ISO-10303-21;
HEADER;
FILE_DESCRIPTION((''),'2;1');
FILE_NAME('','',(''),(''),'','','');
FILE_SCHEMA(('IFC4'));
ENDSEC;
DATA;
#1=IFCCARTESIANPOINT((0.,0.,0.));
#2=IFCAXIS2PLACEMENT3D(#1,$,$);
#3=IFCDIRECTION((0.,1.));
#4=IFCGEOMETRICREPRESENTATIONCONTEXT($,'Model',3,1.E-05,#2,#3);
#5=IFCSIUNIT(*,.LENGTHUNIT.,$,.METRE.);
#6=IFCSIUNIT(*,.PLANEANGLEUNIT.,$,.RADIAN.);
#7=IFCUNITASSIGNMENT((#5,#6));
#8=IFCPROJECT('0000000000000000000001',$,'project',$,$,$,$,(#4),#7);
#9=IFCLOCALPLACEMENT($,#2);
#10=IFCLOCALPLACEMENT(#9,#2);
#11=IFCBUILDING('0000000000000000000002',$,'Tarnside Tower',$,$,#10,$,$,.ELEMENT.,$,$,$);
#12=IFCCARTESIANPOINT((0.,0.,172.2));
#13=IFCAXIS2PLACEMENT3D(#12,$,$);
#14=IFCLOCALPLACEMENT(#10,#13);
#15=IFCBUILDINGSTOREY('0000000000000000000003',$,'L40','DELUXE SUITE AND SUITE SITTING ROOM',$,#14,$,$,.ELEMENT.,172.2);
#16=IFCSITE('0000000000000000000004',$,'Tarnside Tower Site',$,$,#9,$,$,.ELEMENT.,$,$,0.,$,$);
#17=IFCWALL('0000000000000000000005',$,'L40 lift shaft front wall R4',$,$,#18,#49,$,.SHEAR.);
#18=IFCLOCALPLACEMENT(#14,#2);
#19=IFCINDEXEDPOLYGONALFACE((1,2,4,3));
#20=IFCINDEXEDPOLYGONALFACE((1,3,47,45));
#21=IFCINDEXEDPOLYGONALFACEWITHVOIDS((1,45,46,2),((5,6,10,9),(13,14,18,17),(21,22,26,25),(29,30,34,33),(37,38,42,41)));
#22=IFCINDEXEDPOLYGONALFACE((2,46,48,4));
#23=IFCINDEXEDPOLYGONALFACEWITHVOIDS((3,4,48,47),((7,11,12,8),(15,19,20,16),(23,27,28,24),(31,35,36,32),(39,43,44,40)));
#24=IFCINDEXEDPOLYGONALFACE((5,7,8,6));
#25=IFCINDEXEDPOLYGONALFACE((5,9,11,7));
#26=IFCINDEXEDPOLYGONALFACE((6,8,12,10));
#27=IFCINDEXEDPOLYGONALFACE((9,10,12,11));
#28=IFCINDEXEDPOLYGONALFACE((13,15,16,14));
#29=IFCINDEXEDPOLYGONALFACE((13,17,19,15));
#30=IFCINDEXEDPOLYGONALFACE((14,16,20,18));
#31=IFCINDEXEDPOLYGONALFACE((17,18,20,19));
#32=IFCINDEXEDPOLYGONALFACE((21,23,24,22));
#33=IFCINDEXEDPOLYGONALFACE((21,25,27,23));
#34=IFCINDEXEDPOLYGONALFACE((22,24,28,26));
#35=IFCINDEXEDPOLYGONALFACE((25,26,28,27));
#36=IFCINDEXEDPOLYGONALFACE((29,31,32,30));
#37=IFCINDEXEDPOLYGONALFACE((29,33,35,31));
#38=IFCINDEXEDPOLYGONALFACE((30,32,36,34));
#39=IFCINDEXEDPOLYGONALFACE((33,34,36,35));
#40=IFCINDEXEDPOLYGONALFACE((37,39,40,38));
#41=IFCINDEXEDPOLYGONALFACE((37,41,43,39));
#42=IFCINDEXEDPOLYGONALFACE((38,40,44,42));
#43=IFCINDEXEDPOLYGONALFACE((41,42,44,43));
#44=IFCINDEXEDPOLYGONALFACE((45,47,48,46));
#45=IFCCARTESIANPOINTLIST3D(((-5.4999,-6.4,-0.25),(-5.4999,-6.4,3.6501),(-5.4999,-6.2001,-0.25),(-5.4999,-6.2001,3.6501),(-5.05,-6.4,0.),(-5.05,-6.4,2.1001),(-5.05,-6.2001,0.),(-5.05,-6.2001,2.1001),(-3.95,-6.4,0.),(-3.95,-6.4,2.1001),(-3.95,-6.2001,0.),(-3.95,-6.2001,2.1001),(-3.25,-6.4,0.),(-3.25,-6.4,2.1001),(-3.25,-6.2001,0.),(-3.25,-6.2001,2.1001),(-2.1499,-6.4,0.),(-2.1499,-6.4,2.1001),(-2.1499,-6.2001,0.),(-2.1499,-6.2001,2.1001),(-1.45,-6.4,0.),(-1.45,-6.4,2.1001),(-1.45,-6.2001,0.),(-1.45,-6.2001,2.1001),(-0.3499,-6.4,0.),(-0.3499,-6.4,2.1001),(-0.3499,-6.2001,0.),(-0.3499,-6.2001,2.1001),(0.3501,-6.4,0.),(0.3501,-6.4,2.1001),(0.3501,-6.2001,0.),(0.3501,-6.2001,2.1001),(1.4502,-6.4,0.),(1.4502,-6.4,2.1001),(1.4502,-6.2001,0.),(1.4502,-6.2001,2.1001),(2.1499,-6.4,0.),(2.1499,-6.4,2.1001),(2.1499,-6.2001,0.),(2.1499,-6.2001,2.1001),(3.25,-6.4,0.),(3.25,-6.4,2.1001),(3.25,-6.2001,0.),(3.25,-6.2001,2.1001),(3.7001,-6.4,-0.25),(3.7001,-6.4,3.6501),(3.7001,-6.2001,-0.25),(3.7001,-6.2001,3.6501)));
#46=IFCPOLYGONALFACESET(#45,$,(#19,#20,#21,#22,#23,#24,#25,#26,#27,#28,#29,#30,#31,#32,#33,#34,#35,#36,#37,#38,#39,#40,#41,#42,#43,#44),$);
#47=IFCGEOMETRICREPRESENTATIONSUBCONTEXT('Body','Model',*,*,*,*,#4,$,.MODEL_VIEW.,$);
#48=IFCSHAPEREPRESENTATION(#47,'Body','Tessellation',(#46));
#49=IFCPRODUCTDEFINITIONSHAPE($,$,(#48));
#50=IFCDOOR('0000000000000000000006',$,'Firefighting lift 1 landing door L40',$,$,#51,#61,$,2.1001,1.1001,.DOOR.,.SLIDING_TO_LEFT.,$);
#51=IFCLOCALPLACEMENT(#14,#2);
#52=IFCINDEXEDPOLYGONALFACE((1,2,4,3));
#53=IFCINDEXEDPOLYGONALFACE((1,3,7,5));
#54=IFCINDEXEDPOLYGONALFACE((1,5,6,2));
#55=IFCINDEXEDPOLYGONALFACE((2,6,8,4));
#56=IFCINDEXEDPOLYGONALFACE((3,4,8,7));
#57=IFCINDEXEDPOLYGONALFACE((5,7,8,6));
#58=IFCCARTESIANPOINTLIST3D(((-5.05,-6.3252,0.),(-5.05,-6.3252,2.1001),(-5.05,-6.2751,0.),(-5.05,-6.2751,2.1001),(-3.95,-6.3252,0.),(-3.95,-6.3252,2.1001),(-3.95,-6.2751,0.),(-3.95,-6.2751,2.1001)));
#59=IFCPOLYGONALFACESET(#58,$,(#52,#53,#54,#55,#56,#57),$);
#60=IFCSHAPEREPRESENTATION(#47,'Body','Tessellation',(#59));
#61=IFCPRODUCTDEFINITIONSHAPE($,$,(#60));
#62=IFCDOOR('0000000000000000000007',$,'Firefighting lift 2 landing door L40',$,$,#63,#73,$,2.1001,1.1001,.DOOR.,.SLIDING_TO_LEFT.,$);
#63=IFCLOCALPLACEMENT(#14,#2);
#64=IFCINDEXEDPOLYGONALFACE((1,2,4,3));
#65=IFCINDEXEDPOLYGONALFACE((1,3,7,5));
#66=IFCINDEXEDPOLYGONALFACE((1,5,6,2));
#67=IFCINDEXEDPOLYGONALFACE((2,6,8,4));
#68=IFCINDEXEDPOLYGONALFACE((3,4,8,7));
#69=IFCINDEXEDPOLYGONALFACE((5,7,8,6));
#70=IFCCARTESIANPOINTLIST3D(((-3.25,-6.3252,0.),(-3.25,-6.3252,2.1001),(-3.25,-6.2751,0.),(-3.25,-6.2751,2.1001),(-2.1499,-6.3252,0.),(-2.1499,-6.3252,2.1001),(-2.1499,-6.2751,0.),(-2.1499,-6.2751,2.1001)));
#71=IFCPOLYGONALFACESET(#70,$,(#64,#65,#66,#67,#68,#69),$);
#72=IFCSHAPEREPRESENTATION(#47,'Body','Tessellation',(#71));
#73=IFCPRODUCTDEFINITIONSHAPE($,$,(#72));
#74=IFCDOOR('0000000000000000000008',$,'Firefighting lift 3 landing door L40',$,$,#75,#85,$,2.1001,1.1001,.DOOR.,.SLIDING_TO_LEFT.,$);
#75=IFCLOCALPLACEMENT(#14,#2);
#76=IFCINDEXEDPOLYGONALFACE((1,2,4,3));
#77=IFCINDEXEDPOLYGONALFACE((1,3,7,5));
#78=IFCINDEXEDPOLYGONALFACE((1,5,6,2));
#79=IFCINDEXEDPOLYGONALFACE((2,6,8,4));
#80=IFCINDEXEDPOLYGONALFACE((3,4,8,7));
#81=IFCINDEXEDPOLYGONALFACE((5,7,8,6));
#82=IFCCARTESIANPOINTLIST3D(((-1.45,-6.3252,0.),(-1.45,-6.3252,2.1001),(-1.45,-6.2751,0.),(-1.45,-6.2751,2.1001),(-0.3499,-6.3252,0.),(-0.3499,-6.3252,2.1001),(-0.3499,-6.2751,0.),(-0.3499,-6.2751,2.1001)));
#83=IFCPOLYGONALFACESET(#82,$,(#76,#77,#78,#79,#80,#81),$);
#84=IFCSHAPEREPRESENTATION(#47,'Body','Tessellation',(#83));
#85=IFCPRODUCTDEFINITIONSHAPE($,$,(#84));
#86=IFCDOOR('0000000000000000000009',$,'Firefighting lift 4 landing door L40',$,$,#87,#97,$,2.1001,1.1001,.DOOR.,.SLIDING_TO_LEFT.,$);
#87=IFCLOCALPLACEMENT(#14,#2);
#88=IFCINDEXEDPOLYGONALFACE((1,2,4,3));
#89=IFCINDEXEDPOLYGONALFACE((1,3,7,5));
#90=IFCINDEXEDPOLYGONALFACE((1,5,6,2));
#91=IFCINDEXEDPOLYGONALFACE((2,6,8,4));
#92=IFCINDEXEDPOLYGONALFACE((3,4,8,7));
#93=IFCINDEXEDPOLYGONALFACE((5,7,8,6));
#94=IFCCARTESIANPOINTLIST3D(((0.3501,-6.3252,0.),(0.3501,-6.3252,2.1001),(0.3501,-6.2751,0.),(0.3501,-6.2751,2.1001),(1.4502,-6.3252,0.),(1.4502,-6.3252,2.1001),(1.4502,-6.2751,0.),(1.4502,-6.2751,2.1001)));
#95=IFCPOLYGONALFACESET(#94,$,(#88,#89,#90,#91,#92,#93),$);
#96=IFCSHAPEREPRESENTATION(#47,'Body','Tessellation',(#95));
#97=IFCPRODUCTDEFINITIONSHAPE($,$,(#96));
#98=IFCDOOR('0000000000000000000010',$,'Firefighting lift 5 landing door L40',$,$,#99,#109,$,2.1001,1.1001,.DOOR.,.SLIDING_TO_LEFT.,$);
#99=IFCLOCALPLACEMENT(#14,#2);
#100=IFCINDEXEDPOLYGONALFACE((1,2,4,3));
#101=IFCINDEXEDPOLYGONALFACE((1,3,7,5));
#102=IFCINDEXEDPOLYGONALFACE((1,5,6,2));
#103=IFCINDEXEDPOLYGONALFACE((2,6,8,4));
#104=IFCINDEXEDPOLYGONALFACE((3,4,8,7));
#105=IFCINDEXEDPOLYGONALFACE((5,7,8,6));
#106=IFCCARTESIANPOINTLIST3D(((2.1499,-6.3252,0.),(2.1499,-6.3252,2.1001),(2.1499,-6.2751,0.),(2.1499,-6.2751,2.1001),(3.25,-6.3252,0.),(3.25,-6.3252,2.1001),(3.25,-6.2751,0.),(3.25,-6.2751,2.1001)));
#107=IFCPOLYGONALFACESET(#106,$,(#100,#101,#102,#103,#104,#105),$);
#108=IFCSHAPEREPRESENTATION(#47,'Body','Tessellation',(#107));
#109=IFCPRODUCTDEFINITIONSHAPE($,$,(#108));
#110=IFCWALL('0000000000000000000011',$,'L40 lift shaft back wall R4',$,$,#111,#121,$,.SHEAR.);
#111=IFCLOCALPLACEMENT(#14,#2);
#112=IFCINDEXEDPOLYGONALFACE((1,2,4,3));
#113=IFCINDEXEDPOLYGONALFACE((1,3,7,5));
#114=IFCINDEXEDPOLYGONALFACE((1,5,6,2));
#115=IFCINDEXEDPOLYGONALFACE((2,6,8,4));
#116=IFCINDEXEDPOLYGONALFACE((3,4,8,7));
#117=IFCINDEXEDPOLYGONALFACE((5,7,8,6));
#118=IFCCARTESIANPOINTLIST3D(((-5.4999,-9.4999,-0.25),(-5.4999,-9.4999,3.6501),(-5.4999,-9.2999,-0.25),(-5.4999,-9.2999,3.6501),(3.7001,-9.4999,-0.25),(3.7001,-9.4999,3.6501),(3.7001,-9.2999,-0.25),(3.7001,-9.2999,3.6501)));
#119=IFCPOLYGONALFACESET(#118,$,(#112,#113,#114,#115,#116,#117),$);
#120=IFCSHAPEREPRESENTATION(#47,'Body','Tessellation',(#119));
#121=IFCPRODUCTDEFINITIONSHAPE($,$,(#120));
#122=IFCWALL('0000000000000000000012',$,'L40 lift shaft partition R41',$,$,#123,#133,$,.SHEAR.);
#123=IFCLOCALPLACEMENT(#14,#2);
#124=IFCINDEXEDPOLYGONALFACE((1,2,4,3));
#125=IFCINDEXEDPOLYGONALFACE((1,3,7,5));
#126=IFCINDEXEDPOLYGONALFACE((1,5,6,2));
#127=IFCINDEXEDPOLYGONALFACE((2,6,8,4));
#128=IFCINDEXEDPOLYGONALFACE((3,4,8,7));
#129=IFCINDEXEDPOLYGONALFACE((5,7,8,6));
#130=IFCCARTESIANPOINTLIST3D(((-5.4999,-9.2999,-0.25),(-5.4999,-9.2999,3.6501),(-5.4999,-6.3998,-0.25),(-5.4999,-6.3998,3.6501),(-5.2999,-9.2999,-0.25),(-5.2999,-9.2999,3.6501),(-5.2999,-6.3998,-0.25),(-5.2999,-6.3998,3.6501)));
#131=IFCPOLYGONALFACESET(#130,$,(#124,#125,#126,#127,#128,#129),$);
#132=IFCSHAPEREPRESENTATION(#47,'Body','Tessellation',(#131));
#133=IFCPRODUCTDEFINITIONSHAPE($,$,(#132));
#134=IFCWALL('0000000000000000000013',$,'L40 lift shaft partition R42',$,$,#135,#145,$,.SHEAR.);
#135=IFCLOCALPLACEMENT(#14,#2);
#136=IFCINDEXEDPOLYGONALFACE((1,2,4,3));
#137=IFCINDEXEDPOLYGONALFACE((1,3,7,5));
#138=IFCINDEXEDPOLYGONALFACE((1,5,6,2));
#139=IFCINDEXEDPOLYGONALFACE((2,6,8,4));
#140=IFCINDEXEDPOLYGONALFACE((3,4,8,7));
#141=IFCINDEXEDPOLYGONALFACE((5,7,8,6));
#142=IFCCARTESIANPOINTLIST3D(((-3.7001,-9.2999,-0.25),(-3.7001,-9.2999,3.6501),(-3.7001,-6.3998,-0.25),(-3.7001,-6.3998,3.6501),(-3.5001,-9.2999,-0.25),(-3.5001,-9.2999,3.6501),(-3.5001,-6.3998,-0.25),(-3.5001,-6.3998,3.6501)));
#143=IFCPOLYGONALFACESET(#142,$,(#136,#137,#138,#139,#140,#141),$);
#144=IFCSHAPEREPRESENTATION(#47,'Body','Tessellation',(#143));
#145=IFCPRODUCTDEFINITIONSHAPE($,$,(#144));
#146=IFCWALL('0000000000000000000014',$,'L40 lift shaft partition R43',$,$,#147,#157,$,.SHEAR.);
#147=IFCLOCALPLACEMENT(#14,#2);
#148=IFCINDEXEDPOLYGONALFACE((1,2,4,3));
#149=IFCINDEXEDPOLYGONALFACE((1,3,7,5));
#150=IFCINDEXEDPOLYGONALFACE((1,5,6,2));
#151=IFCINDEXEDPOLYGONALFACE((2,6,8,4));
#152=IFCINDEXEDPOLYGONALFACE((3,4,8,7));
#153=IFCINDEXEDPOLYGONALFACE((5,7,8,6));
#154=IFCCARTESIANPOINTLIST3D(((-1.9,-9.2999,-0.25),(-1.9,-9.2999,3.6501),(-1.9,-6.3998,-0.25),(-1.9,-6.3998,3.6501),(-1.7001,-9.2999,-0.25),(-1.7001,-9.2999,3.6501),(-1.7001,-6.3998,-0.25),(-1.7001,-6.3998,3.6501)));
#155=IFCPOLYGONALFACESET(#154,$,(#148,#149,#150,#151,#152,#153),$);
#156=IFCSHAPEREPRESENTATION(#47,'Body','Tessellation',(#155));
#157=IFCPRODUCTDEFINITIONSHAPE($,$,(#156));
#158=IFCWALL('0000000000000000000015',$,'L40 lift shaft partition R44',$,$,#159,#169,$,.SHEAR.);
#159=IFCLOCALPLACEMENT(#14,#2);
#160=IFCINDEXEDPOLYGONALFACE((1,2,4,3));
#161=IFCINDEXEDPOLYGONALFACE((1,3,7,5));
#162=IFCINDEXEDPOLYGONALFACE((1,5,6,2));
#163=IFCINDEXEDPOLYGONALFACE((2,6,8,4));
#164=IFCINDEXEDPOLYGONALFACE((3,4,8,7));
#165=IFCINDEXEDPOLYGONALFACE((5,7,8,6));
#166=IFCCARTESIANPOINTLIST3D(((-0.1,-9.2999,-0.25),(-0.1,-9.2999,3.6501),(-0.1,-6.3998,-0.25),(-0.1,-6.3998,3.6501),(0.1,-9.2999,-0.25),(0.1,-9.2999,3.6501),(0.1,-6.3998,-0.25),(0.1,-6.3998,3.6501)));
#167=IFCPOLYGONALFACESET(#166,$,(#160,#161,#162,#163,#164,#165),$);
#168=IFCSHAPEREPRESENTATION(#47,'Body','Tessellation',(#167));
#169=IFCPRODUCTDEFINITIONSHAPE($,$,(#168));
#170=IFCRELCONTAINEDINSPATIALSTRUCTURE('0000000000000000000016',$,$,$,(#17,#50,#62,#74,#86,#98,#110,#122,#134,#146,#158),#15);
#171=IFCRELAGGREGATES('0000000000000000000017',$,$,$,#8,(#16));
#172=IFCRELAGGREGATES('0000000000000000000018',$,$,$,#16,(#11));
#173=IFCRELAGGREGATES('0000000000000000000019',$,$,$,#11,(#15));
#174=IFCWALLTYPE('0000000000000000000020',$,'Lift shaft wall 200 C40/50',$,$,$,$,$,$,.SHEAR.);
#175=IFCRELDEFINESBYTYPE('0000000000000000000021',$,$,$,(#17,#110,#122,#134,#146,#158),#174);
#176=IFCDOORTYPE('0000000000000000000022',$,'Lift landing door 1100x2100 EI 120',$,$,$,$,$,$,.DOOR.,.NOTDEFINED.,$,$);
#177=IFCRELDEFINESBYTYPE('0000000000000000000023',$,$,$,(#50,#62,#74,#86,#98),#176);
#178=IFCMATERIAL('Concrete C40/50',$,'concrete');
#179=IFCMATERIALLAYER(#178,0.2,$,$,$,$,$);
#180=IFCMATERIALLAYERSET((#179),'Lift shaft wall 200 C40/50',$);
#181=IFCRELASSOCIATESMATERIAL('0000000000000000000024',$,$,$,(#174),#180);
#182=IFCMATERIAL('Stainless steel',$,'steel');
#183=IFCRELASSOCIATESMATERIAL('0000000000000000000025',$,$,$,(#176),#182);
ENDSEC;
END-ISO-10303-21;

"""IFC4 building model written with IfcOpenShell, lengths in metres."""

from ifc_helpers import new_model, si_unit, direction, frame, frame_2d, origin, place, context, subcontext, project, spatial, rectangle, extrude, material, layer, layer_set, type_object, element, fill, save


model = new_model("IFC4")

# Units and contexts
model_context = context("Model", 3, precision=1e-05, world=origin(), true_north=direction((0.0, 1.0)))
body_context = subcontext(model_context, "Body", "Model", "MODEL_VIEW")
ifc_project = project(units=[si_unit("LENGTHUNIT", "METRE"), si_unit("PLANEANGLEUNIT", "RADIAN")], contexts=[model_context])

# Site, building, storey
site_placement = place(None, origin())
site = spatial("IfcSite", under=ifc_project, at=site_placement, Name="Tarnside Tower Site", CompositionType="ELEMENT", RefElevation=0.0)
building_placement = place(site_placement, origin())
building = spatial("IfcBuilding", under=site, at=building_placement, Name="Tarnside Tower", CompositionType="ELEMENT")
storey_placement = place(building_placement, frame((0.0, 0.0, 172.2)))
storey = spatial("IfcBuildingStorey", under=building, at=storey_placement, Name="L40", Description="DELUXE SUITE AND SUITE SITTING ROOM", CompositionType="ELEMENT", Elevation=172.2)

# Shared definitions
ifc_material_1 = material(Name="Concrete C40/50", Category="concrete")

# Wall, openings, doors
ifc_layer_1 = layer(ifc_material_1, 0.2)
ifc_layer_set_1 = layer_set([ifc_layer_1], Name="Lift shaft wall 200 C40/50")
wall_type_1 = type_object("IfcWallType", Name="Lift shaft wall 200 C40/50", PredefinedType="SHEAR", material=ifc_layer_set_1)
wall_1_placement = place(storey_placement, frame((-5.5, -6.3, -0.25), z_axis=(0.0, 0.0, 1.0), x_axis=(1.0, 0.0, 0.0)))
wall_1 = element("IfcWall", 1, at=wall_1_placement, inside=storey, type_object=wall_type_1, Name="L40 lift shaft front wall R4", PredefinedType="SHEAR", context=body_context, shape_type="SweptSolid", body=[
    extrude(rectangle(XDim=9.2, YDim=0.2, at=frame_2d((4.6001, 0.0))), origin(), (0.0, 0.0, 1.0), 3.9001),
])
opening_1_placement = place(wall_1_placement, frame((0.45, 0.0, 0.25)))
opening_1 = element("IfcOpeningElement", 2, at=opening_1_placement, cuts=wall_1, PredefinedType="OPENING", context=body_context, shape_type="SweptSolid", body=[
    extrude(rectangle(XDim=1.1001, YDim=2.1001, at=frame_2d((0.55, 1.05))), frame((0.0, 0.1099, 0.0), z_axis=(0.0, -1.0, 0.0), x_axis=(1.0, 0.0, 0.0)), (0.0, 0.0, 1.0), 0.22),
])
opening_2_placement = place(wall_1_placement, frame((2.25, 0.0, 0.25)))
opening_2 = element("IfcOpeningElement", 3, at=opening_2_placement, cuts=wall_1, PredefinedType="OPENING", context=body_context, shape_type="SweptSolid", body=[
    extrude(rectangle(XDim=1.1001, YDim=2.1001, at=frame_2d((0.55, 1.05))), frame((0.0, 0.1099, 0.0), z_axis=(0.0, -1.0, 0.0), x_axis=(1.0, 0.0, 0.0)), (0.0, 0.0, 1.0), 0.22),
])
opening_3_placement = place(wall_1_placement, frame((4.05, 0.0, 0.25)))
opening_3 = element("IfcOpeningElement", 4, at=opening_3_placement, cuts=wall_1, PredefinedType="OPENING", context=body_context, shape_type="SweptSolid", body=[
    extrude(rectangle(XDim=1.1001, YDim=2.1001, at=frame_2d((0.55, 1.05))), frame((0.0, 0.1099, 0.0), z_axis=(0.0, -1.0, 0.0), x_axis=(1.0, 0.0, 0.0)), (0.0, 0.0, 1.0), 0.22),
])
opening_4_placement = place(wall_1_placement, frame((5.8501, 0.0, 0.25)))
opening_4 = element("IfcOpeningElement", 5, at=opening_4_placement, cuts=wall_1, PredefinedType="OPENING", context=body_context, shape_type="SweptSolid", body=[
    extrude(rectangle(XDim=1.1001, YDim=2.1001, at=frame_2d((0.55, 1.05))), frame((0.0, 0.1099, 0.0), z_axis=(0.0, -1.0, 0.0), x_axis=(1.0, 0.0, 0.0)), (0.0, 0.0, 1.0), 0.22),
])
opening_5_placement = place(wall_1_placement, frame((7.6499, 0.0, 0.25)))
opening_5 = element("IfcOpeningElement", 6, at=opening_5_placement, cuts=wall_1, PredefinedType="OPENING", context=body_context, shape_type="SweptSolid", body=[
    extrude(rectangle(XDim=1.1001, YDim=2.1001, at=frame_2d((0.55, 1.05))), frame((0.0, 0.1099, 0.0), z_axis=(0.0, -1.0, 0.0), x_axis=(1.0, 0.0, 0.0)), (0.0, 0.0, 1.0), 0.22),
])
ifc_material_2 = material(Name="Stainless steel", Category="steel")
door_type_1 = type_object("IfcDoorType", Name="Lift landing door 1100x2100 EI 120", OperationType="NOTDEFINED", PredefinedType="DOOR", material=ifc_material_2)
door_1_placement = place(opening_1_placement, origin())
door_1 = element("IfcDoor", 7, at=door_1_placement, inside=storey, type_object=door_type_1, Name="Firefighting lift 1 landing door L40", OperationType="SLIDING_TO_LEFT", OverallHeight=2.1001, OverallWidth=1.1001, PredefinedType="DOOR", context=body_context, shape_type="SweptSolid", body=[
    extrude(rectangle(XDim=1.1001, YDim=2.1001, at=frame_2d((0.55, 1.05))), frame((0.0, 0.0249, 0.0), z_axis=(0.0, -1.0, 0.0), x_axis=(1.0, 0.0, 0.0)), (0.0, 0.0, 1.0), 0.05),
])
fill(opening_1, door_1)
door_2_placement = place(opening_2_placement, origin())
door_2 = element("IfcDoor", 8, at=door_2_placement, inside=storey, type_object=door_type_1, Name="Firefighting lift 2 landing door L40", OperationType="SLIDING_TO_LEFT", OverallHeight=2.1001, OverallWidth=1.1001, PredefinedType="DOOR", context=body_context, shape_type="SweptSolid", body=[
    extrude(rectangle(XDim=1.1001, YDim=2.1001, at=frame_2d((0.55, 1.05))), frame((0.0, 0.0249, 0.0), z_axis=(0.0, -1.0, 0.0), x_axis=(1.0, 0.0, 0.0)), (0.0, 0.0, 1.0), 0.05),
])
fill(opening_2, door_2)
door_3_placement = place(opening_3_placement, origin())
door_3 = element("IfcDoor", 9, at=door_3_placement, inside=storey, type_object=door_type_1, Name="Firefighting lift 3 landing door L40", OperationType="SLIDING_TO_LEFT", OverallHeight=2.1001, OverallWidth=1.1001, PredefinedType="DOOR", context=body_context, shape_type="SweptSolid", body=[
    extrude(rectangle(XDim=1.1001, YDim=2.1001, at=frame_2d((0.55, 1.05))), frame((0.0, 0.0249, 0.0), z_axis=(0.0, -1.0, 0.0), x_axis=(1.0, 0.0, 0.0)), (0.0, 0.0, 1.0), 0.05),
])
fill(opening_3, door_3)
door_4_placement = place(opening_4_placement, origin())
door_4 = element("IfcDoor", 10, at=door_4_placement, inside=storey, type_object=door_type_1, Name="Firefighting lift 4 landing door L40", OperationType="SLIDING_TO_LEFT", OverallHeight=2.1001, OverallWidth=1.1001, PredefinedType="DOOR", context=body_context, shape_type="SweptSolid", body=[
    extrude(rectangle(XDim=1.1001, YDim=2.1001, at=frame_2d((0.55, 1.05))), frame((0.0, 0.0249, 0.0), z_axis=(0.0, -1.0, 0.0), x_axis=(1.0, 0.0, 0.0)), (0.0, 0.0, 1.0), 0.05),
])
fill(opening_4, door_4)
door_5_placement = place(opening_5_placement, origin())
door_5 = element("IfcDoor", 11, at=door_5_placement, inside=storey, type_object=door_type_1, Name="Firefighting lift 5 landing door L40", OperationType="SLIDING_TO_LEFT", OverallHeight=2.1001, OverallWidth=1.1001, PredefinedType="DOOR", context=body_context, shape_type="SweptSolid", body=[
    extrude(rectangle(XDim=1.1001, YDim=2.1001, at=frame_2d((0.55, 1.05))), frame((0.0, 0.0249, 0.0), z_axis=(0.0, -1.0, 0.0), x_axis=(1.0, 0.0, 0.0)), (0.0, 0.0, 1.0), 0.05),
])
fill(opening_5, door_5)

# Walls
wall_2_placement = place(storey_placement, frame((-5.5, -9.3999, -0.25), z_axis=(0.0, 0.0, 1.0), x_axis=(1.0, 0.0, 0.0)))
element("IfcWall", 12, at=wall_2_placement, inside=storey, type_object=wall_type_1, Name="L40 lift shaft back wall R4", PredefinedType="SHEAR", context=body_context, shape_type="SweptSolid", body=[
    extrude(rectangle(XDim=9.2, YDim=0.2, at=frame_2d((4.6001, 0.0))), origin(), (0.0, 0.0, 1.0), 3.9001),
])
for number, where, z_axis, x_axis, name in (
    (13, (-5.3999, -9.3, -0.25), (0.0, 0.0, 1.0), (0.0, 1.0, 0.0), "L40 lift shaft partition R41"),
    (14, (-3.6001, -9.3, -0.25), (0.0, 0.0, 1.0), (0.0, 1.0, 0.0), "L40 lift shaft partition R42"),
    (15, (-1.8, -9.3, -0.25), (0.0, 0.0, 1.0), (0.0, 1.0, 0.0), "L40 lift shaft partition R43"),
    (16, (0.0, -9.3, -0.25), (0.0, 0.0, 1.0), (0.0, 1.0, 0.0), "L40 lift shaft partition R44"),
):
    element("IfcWall", number, at=place(storey_placement, frame(where, z_axis=z_axis, x_axis=x_axis)), inside=storey, type_object=wall_type_1, Name=name, PredefinedType="SHEAR", context=body_context, shape_type="SweptSolid", body=[
        extrude(rectangle(XDim=2.9001, YDim=0.2, at=frame_2d((1.4502, 0.0))), origin(), (0.0, 0.0, 1.0), 3.9001),
    ])

save(model, "model.ifc")
